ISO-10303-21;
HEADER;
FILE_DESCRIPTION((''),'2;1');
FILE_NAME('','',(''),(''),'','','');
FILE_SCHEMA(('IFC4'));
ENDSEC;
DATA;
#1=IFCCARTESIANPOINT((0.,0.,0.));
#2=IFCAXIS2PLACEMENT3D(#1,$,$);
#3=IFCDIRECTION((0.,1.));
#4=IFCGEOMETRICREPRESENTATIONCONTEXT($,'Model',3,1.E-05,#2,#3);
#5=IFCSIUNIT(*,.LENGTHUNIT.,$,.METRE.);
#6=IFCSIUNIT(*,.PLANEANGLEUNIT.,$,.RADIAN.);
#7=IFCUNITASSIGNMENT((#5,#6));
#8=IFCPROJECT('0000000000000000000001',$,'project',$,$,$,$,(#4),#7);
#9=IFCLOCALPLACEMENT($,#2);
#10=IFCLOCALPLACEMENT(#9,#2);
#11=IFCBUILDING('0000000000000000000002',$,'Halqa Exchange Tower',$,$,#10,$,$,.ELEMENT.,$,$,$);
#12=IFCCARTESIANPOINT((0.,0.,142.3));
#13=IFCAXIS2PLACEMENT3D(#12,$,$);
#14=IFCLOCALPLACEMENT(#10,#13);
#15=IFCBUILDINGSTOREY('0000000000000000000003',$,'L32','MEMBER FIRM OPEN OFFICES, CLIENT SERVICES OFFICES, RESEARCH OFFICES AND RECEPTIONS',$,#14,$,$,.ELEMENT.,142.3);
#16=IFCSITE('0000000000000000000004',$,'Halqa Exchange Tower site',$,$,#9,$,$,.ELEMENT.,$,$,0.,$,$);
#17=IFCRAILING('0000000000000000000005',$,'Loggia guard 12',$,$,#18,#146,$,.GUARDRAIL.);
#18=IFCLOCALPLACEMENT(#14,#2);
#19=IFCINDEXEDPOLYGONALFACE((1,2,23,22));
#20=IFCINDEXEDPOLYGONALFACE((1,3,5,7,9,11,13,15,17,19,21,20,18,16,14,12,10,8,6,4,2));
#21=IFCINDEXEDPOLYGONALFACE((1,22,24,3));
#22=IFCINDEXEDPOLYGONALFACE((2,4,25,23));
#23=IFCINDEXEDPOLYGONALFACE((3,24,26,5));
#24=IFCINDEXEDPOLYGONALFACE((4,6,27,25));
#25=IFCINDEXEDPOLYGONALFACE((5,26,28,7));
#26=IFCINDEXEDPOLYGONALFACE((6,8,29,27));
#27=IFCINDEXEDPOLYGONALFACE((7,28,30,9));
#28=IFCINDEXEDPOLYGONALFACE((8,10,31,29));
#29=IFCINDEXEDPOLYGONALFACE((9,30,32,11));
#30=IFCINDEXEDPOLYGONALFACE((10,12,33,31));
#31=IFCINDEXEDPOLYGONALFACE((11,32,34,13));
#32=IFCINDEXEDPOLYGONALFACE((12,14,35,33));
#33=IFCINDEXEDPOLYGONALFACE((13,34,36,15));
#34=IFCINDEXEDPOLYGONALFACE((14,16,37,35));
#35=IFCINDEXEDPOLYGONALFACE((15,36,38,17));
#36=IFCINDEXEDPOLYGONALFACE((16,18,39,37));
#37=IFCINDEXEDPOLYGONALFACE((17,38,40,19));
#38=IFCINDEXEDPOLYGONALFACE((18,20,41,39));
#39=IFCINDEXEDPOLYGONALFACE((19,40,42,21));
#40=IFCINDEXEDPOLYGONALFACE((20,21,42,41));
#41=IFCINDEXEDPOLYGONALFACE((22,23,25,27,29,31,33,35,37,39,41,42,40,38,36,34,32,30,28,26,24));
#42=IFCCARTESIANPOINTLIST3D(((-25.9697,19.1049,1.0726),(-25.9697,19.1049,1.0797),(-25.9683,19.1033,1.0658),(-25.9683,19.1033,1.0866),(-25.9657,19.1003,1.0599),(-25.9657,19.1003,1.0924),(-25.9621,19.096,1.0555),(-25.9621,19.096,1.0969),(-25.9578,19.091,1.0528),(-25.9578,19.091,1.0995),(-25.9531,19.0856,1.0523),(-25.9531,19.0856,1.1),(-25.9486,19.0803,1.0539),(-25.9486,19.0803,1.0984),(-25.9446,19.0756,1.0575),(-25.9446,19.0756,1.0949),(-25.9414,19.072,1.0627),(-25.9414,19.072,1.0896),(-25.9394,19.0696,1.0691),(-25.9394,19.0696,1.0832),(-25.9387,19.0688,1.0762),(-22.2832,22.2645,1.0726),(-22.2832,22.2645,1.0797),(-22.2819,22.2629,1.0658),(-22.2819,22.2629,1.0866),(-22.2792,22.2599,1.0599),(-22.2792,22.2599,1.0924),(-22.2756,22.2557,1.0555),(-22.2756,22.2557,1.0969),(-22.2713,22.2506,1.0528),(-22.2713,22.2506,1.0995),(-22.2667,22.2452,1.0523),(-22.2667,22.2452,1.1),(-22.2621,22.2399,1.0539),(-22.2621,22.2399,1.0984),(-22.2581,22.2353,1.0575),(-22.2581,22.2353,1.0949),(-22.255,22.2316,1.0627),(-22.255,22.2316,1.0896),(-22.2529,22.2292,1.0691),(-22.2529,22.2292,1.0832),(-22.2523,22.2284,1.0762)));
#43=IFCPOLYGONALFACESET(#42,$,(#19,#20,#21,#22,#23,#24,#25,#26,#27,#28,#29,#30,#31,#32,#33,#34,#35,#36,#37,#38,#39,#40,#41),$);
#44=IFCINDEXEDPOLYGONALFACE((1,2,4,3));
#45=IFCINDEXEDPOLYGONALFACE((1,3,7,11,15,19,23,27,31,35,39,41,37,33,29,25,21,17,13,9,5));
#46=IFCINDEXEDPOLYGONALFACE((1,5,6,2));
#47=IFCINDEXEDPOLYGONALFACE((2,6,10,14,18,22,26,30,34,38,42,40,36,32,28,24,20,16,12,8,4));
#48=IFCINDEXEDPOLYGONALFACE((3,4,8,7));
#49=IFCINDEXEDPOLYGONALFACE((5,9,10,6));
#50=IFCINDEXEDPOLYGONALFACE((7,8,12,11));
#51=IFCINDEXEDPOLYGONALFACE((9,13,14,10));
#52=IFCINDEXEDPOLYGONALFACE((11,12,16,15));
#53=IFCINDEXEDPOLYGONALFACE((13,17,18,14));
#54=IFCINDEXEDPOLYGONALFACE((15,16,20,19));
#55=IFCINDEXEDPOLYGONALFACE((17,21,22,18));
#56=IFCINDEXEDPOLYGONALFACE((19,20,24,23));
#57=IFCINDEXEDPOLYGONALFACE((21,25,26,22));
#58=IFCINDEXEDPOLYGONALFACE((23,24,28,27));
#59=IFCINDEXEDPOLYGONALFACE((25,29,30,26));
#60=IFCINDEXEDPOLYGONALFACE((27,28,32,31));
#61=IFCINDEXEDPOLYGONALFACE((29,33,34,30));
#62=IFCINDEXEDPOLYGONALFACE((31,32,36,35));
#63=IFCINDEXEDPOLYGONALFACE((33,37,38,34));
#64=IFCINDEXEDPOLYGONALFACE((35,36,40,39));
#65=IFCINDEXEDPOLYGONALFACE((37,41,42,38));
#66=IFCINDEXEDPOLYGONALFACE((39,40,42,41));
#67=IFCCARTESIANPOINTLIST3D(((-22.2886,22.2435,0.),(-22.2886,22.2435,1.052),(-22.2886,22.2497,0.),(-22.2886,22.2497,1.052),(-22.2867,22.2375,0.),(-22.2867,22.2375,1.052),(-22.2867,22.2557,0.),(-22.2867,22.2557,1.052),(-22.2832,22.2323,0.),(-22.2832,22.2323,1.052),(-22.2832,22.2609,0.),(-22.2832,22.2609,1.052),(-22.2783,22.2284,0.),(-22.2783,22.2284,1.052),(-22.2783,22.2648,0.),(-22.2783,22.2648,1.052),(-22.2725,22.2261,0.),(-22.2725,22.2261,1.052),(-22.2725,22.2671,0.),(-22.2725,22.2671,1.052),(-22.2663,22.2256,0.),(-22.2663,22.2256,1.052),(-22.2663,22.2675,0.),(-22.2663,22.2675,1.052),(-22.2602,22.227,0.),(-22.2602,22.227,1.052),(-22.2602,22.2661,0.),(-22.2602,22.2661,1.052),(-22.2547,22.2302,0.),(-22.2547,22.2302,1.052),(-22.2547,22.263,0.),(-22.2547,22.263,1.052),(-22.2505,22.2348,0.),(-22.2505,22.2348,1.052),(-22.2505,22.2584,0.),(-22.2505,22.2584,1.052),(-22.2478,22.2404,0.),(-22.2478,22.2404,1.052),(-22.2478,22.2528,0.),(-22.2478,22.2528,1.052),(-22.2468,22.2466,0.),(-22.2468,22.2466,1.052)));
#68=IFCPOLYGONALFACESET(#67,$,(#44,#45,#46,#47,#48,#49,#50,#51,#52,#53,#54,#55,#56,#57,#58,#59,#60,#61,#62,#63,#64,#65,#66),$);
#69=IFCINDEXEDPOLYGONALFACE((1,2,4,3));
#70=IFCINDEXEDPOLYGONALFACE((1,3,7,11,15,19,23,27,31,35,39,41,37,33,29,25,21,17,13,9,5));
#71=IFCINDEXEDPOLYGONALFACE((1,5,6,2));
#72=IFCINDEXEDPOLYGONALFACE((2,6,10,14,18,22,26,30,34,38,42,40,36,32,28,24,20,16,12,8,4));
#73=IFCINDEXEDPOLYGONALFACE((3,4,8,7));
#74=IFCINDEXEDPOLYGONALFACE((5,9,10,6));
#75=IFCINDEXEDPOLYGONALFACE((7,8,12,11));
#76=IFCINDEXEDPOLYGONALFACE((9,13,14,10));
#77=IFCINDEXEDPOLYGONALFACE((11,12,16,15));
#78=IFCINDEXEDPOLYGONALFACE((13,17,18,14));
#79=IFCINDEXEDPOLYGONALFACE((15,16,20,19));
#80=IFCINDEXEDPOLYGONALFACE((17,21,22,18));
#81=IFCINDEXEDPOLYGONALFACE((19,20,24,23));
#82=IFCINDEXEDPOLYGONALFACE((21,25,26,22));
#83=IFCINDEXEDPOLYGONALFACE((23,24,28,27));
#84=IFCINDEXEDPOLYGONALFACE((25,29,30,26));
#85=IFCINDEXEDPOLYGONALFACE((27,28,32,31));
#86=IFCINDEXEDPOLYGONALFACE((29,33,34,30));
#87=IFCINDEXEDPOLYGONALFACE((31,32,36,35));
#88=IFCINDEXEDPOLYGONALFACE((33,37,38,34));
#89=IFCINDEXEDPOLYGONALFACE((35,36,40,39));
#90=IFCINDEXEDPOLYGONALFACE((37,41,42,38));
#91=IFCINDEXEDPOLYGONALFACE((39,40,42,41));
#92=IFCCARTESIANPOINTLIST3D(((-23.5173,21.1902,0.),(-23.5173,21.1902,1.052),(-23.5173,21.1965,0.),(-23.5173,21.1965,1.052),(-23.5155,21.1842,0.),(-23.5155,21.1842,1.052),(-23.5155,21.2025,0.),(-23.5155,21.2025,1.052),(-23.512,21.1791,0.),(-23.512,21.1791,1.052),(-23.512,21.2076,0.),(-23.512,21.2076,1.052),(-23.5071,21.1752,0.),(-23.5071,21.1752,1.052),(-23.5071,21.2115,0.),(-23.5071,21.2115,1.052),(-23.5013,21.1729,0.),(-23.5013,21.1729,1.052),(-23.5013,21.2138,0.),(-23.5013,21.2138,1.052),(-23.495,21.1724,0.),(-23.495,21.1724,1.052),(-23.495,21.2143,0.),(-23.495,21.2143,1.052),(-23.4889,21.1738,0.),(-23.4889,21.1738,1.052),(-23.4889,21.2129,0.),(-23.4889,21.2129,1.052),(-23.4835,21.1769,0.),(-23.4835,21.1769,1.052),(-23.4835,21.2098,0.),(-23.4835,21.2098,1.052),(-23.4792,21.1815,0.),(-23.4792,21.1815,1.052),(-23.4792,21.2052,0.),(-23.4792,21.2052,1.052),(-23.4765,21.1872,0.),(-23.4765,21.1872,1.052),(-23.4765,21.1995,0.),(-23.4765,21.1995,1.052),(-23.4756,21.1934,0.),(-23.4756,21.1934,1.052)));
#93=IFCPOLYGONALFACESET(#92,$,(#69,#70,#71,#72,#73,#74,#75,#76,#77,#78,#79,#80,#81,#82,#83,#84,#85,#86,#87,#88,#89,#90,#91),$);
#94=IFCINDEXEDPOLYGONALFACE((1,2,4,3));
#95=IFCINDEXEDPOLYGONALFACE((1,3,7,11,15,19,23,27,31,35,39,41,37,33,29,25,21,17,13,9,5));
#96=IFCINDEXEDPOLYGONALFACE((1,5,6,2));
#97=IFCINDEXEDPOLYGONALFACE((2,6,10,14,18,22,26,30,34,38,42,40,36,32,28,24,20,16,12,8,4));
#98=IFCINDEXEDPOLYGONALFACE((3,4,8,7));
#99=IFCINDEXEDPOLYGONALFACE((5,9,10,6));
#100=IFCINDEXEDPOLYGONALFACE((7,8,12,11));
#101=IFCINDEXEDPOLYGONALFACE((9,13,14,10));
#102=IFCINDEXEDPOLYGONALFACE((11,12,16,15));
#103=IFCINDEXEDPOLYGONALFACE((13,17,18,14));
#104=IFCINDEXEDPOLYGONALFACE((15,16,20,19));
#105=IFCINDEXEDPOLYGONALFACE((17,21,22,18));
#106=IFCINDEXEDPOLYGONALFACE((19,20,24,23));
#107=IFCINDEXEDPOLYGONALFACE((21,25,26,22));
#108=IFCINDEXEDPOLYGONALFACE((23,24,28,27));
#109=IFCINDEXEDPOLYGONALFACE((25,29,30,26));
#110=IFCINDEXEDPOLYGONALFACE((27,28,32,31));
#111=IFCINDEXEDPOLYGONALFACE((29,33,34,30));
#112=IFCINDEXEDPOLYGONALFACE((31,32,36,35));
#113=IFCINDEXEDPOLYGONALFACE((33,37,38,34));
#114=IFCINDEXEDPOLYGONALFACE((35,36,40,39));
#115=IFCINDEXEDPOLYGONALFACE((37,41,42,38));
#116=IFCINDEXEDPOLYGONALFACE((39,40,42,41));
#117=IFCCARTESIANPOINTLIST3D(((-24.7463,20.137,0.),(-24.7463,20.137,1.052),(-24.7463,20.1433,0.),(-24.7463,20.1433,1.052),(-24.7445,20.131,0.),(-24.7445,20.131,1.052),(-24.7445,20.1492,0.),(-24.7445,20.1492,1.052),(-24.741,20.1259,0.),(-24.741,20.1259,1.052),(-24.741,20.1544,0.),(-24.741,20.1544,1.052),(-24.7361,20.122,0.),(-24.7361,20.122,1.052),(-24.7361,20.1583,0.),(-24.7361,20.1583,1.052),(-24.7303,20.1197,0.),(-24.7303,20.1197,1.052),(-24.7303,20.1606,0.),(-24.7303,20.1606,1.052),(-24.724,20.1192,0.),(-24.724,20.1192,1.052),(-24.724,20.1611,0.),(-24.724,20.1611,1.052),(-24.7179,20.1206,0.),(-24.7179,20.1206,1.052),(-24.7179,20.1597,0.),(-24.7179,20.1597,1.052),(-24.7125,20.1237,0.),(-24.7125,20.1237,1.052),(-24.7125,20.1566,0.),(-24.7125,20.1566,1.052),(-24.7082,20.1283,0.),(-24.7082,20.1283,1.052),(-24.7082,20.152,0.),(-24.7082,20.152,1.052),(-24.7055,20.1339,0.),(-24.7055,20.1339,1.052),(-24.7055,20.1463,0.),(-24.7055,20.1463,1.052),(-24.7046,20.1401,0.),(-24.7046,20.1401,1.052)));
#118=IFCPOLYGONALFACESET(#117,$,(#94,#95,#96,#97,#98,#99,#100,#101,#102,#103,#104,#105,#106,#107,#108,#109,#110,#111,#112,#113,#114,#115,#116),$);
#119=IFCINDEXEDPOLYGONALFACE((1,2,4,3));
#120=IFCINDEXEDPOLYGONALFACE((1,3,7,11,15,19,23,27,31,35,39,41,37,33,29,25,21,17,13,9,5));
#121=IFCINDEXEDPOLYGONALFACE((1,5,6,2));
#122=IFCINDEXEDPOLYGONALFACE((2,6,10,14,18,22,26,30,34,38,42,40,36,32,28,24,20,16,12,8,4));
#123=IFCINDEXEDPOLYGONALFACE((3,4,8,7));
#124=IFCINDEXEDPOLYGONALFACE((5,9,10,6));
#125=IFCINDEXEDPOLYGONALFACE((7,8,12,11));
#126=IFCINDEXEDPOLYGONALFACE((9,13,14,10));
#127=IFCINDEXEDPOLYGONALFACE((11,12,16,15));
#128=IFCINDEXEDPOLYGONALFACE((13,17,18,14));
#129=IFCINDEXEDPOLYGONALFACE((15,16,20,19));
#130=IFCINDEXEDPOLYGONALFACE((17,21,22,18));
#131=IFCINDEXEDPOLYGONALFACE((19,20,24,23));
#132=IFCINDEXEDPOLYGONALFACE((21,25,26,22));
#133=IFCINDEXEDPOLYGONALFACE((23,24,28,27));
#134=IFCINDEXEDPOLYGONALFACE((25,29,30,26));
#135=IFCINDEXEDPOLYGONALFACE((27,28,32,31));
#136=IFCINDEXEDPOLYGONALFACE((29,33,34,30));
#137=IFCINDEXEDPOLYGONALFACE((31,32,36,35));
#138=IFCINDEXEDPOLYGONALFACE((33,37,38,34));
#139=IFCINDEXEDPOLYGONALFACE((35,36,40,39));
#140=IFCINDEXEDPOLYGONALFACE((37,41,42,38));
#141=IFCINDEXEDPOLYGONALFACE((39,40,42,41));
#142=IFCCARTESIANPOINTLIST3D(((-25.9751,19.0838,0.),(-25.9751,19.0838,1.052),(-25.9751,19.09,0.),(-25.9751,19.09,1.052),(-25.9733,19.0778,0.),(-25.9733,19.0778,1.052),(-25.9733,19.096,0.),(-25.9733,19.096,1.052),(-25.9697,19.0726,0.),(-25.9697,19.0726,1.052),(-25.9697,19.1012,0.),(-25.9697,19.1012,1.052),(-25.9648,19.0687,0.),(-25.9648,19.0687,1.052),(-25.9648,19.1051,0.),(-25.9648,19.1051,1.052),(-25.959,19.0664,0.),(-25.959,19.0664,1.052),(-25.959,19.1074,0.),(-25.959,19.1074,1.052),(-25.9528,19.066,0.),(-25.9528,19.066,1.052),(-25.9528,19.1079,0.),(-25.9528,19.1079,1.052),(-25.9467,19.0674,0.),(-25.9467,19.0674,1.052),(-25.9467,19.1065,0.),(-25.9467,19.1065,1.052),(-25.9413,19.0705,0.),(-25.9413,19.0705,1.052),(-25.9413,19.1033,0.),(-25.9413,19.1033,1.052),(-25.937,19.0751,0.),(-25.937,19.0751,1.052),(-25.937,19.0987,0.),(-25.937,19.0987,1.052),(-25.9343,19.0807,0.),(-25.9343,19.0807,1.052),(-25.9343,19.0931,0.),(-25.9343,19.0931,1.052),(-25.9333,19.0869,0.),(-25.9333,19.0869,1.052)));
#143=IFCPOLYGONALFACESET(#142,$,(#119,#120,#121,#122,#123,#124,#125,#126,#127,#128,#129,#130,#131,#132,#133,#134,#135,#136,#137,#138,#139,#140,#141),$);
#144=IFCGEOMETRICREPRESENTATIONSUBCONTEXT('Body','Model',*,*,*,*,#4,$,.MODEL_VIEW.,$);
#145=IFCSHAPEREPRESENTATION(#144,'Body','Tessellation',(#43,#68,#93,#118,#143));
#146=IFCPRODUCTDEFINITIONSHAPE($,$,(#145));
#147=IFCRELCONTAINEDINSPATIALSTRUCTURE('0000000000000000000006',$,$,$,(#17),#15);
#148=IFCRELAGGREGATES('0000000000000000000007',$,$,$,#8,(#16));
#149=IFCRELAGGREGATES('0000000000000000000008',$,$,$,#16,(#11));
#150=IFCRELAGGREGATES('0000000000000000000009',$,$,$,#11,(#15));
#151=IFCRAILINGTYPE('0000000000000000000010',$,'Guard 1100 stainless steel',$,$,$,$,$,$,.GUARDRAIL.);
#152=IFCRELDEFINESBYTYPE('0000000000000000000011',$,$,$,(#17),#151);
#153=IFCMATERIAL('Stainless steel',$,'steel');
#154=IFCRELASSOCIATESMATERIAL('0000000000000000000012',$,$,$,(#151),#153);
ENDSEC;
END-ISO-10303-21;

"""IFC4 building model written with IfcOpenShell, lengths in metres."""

from ifc_helpers import new_model, si_unit, direction, frame, origin, origin_2d, place, context, subcontext, project, spatial, circle, extrude, material, type_object, element, save


model = new_model("IFC4")

# Units and contexts
model_context = context("Model", 3, precision=1e-05, world=origin(), true_north=direction((0.0, 1.0)))
body_context = subcontext(model_context, "Body", "Model", "MODEL_VIEW")
ifc_project = project(units=[si_unit("LENGTHUNIT", "METRE"), si_unit("PLANEANGLEUNIT", "RADIAN")], contexts=[model_context])

# Site, building, storey
site_placement = place(None, origin())
site = spatial("IfcSite", under=ifc_project, at=site_placement, Name="Halqa Exchange Tower site", CompositionType="ELEMENT", RefElevation=0.0)
building_placement = place(site_placement, origin())
building = spatial("IfcBuilding", under=site, at=building_placement, Name="Halqa Exchange Tower", CompositionType="ELEMENT")
storey_placement = place(building_placement, frame((0.0, 0.0, 142.3)))
storey = spatial("IfcBuildingStorey", under=building, at=storey_placement, Name="L32", Description="MEMBER FIRM OPEN OFFICES, CLIENT SERVICES OFFICES, RESEARCH OFFICES AND RECEPTIONS", CompositionType="ELEMENT", Elevation=142.3)

# Railing
ifc_material_1 = material(Name="Stainless steel", Category="steel")
railing_type = type_object("IfcRailingType", Name="Guard 1100 stainless steel", PredefinedType="GUARDRAIL", material=ifc_material_1)
railing_1_placement = place(storey_placement, frame((-22.2678, 22.2466, 0.0)))
element("IfcRailing", 1, at=railing_1_placement, inside=storey, type_object=railing_type, Name="Loggia guard 12", PredefinedType="GUARDRAIL", context=body_context, shape_type="SweptSolid", body=[
    extrude(circle(Radius=0.0239, at=origin_2d()), frame((0.0, 0.0, 1.0762), z_axis=(-0.759278, -0.650767, 0.0), x_axis=(0.650767, -0.759278, 0.0)), (0.0, 0.0, 1.0), 4.8552),
    extrude(circle(Radius=0.021, at=origin_2d()), origin(), (0.0, 0.0, 1.0), 1.052),
    extrude(circle(Radius=0.021, at=origin_2d()), frame((-1.2288, -1.0532, 0.0)), (0.0, 0.0, 1.0), 1.052),
    extrude(circle(Radius=0.021, at=origin_2d()), frame((-2.4578, -2.1064, 0.0)), (0.0, 0.0, 1.0), 1.052),
    extrude(circle(Radius=0.021, at=origin_2d()), frame((-3.6865, -3.1597, 0.0)), (0.0, 0.0, 1.0), 1.052),
])

save(model, "model.ifc")
